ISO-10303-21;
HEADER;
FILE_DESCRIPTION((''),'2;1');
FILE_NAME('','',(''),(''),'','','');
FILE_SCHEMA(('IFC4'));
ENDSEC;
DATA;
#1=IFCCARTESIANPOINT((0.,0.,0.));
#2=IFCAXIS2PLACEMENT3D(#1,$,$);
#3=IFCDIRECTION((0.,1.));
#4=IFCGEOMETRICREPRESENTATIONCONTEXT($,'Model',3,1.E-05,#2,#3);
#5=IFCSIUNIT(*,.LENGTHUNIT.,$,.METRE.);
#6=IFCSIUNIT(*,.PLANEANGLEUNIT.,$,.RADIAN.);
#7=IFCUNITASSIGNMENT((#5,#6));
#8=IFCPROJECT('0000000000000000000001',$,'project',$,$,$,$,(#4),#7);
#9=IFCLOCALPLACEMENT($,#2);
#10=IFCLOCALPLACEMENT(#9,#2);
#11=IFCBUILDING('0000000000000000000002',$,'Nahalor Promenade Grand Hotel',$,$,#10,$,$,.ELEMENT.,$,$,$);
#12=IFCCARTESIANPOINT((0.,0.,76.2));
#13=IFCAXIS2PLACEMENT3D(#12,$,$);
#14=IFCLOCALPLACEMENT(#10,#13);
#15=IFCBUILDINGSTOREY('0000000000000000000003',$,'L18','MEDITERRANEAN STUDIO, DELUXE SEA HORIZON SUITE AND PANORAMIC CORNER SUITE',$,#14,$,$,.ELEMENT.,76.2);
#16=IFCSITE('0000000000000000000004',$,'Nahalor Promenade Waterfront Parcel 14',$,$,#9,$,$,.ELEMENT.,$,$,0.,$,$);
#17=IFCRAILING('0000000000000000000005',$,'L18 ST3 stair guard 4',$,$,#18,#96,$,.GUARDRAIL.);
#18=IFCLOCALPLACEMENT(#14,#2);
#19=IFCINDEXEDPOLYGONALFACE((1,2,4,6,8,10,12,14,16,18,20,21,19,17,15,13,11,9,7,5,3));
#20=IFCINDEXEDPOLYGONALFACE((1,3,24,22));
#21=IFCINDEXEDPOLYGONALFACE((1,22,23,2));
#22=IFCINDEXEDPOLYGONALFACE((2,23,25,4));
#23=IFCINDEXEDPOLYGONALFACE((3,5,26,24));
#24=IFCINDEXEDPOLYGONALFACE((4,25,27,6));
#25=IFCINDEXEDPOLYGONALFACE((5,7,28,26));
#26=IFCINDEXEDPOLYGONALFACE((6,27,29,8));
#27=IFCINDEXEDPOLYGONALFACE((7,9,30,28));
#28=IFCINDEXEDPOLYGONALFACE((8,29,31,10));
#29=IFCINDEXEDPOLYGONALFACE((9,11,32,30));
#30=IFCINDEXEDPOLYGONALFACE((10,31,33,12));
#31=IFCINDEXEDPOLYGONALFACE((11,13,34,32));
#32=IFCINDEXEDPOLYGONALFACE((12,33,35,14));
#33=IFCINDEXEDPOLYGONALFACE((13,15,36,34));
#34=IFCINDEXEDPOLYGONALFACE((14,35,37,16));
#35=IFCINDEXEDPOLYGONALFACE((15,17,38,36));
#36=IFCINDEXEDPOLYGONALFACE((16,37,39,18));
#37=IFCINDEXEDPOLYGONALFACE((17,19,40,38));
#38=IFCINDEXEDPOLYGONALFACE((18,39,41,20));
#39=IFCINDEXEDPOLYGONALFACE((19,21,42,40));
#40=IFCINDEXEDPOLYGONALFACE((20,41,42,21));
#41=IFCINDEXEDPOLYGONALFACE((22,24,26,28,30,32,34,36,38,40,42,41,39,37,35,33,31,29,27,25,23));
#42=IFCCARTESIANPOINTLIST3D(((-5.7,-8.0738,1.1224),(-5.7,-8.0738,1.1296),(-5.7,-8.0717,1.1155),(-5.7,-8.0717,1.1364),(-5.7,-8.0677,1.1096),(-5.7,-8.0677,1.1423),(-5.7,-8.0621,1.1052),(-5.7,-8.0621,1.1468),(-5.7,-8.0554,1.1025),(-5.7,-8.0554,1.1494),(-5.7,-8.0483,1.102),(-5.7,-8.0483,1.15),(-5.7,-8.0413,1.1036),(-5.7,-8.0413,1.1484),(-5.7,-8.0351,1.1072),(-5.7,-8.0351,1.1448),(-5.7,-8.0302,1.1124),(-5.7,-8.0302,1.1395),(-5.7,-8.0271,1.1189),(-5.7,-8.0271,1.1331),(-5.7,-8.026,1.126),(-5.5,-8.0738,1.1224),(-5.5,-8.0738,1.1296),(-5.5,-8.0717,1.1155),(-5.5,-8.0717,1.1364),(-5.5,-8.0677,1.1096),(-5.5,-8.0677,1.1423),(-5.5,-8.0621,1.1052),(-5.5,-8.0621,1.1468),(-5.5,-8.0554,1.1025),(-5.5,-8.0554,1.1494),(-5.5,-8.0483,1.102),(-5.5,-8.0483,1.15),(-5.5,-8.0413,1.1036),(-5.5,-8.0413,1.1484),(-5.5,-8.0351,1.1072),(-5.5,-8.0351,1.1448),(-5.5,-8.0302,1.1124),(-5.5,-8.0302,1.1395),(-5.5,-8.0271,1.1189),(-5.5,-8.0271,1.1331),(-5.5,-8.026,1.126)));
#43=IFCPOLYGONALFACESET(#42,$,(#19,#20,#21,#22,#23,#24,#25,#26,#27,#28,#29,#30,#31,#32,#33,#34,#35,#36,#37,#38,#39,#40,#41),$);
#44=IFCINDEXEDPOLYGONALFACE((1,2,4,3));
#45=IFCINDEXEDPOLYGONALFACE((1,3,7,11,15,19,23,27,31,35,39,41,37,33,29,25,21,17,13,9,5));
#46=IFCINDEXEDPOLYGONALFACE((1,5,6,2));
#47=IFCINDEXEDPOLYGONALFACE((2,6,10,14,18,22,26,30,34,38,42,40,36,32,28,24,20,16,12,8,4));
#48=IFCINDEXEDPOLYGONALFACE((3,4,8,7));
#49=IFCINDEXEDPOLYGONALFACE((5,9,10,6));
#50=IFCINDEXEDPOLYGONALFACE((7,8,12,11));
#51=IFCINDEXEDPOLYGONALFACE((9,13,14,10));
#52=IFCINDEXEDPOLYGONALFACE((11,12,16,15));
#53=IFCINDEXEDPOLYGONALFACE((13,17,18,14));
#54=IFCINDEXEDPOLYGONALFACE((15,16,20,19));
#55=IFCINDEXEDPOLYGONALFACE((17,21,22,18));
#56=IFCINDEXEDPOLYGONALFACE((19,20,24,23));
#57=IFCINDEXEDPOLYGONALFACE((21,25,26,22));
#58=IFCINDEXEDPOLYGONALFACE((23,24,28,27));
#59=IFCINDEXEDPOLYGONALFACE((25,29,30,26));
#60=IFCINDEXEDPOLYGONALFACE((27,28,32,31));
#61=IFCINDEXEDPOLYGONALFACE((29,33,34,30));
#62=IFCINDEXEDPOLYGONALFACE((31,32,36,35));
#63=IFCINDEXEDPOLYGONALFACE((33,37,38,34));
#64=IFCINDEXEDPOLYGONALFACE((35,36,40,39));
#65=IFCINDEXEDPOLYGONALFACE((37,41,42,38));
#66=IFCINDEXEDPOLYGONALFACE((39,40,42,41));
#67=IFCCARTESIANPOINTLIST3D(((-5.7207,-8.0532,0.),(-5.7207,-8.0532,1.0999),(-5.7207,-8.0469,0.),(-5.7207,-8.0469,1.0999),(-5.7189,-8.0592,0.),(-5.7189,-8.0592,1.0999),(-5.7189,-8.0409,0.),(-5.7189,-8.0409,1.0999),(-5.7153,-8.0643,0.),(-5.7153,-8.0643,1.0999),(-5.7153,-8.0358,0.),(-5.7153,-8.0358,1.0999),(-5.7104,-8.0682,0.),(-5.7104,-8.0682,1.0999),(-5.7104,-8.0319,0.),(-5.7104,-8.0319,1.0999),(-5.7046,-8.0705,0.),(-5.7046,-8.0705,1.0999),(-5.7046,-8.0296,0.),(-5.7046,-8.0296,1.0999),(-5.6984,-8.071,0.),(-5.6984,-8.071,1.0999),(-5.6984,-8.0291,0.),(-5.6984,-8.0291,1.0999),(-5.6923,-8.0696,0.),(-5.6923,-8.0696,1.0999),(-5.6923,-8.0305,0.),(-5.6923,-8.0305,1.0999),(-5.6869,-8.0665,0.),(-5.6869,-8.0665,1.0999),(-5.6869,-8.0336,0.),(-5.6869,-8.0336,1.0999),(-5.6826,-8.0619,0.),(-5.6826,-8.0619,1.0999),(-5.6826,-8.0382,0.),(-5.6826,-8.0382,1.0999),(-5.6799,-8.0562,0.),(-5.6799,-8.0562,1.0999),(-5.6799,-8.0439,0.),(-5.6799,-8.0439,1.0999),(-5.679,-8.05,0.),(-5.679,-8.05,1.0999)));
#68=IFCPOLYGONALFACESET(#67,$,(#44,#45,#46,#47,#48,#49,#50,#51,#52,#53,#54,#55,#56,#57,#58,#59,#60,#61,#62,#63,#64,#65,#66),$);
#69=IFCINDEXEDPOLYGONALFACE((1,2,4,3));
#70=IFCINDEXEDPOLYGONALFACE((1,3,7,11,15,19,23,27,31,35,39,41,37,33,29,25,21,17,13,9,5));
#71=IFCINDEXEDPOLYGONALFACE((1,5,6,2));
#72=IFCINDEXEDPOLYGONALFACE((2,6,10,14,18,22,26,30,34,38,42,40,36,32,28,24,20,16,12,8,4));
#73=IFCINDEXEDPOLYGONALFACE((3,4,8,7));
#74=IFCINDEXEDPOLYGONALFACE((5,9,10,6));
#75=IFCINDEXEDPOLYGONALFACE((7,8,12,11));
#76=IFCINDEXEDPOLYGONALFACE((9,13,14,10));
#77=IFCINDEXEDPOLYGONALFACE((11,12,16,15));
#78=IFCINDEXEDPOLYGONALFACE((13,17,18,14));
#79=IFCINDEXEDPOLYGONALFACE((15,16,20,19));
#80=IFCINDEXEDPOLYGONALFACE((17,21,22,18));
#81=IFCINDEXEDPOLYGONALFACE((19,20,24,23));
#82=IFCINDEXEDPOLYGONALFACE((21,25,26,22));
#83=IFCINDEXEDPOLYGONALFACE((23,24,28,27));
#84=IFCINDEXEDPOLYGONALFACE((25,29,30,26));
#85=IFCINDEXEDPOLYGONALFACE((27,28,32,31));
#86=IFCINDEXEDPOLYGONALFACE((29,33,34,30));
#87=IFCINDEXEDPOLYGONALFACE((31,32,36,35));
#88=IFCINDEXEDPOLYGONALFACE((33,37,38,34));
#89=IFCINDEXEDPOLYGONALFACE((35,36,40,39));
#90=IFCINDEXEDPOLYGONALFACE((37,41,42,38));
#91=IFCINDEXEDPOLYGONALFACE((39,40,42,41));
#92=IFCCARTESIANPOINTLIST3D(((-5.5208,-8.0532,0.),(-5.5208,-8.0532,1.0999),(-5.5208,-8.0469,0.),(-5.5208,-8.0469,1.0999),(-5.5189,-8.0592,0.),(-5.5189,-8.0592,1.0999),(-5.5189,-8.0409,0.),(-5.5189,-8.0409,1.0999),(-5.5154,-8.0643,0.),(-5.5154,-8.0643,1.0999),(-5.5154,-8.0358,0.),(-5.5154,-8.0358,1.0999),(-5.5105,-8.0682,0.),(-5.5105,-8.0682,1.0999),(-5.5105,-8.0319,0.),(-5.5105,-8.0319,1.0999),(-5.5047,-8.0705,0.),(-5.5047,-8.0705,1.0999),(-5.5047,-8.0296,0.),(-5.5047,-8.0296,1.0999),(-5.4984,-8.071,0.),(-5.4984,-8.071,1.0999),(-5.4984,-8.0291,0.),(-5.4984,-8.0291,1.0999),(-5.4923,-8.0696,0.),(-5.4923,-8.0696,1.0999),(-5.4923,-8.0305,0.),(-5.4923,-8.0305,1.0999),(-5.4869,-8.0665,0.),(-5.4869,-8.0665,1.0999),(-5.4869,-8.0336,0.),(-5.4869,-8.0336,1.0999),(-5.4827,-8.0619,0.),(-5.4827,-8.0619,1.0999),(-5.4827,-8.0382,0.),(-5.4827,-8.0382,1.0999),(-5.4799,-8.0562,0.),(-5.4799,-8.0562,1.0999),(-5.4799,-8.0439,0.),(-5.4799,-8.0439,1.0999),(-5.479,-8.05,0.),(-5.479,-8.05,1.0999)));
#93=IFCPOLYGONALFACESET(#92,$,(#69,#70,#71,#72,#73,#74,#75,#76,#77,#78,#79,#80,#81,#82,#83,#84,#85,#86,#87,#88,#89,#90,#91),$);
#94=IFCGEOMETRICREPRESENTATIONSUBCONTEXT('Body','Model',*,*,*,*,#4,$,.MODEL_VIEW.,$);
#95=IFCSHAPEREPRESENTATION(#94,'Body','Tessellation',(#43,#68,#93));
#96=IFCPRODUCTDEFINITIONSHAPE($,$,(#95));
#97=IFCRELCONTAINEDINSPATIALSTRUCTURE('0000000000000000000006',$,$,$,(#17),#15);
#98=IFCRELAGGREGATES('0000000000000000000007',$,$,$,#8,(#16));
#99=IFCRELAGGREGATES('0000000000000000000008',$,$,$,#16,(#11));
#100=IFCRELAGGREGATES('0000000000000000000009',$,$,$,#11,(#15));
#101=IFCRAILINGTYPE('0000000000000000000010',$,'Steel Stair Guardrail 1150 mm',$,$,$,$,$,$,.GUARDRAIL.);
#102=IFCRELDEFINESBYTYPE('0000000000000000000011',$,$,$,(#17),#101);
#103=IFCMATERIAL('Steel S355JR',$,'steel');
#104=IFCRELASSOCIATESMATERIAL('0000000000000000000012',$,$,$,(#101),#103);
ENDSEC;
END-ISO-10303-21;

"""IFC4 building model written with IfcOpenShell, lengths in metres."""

from ifc_helpers import new_model, si_unit, direction, frame, origin, origin_2d, place, context, subcontext, project, spatial, circle, extrude, material, type_object, element, save


model = new_model("IFC4")

# Units and contexts
model_context = context("Model", 3, precision=1e-05, world=origin(), true_north=direction((0.0, 1.0)))
body_context = subcontext(model_context, "Body", "Model", "MODEL_VIEW")
ifc_project = project(units=[si_unit("LENGTHUNIT", "METRE"), si_unit("PLANEANGLEUNIT", "RADIAN")], contexts=[model_context])

# Site, building, storey
site_placement = place(None, origin())
site = spatial("IfcSite", under=ifc_project, at=site_placement, Name="Nahalor Promenade Waterfront Parcel 14", CompositionType="ELEMENT", RefElevation=0.0)
building_placement = place(site_placement, origin())
building = spatial("IfcBuilding", under=site, at=building_placement, Name="Nahalor Promenade Grand Hotel", CompositionType="ELEMENT")
storey_placement = place(building_placement, frame((0.0, 0.0, 76.2)))
storey = spatial("IfcBuildingStorey", under=building, at=storey_placement, Name="L18", Description="MEDITERRANEAN STUDIO, DELUXE SEA HORIZON SUITE AND PANORAMIC CORNER SUITE", CompositionType="ELEMENT", Elevation=76.2)

# Shared definitions
ifc_material_1 = material(Name="Steel S355JR", Category="steel")

# Railing
railing_type_1 = type_object("IfcRailingType", Name="Steel Stair Guardrail 1150 mm", PredefinedType="GUARDRAIL", material=ifc_material_1)
railing_1_placement = place(storey_placement, frame((-5.7, -8.05, 0.0)))
element("IfcRailing", 1, at=railing_1_placement, inside=storey, type_object=railing_type_1, Name="L18 ST3 stair guard 4", PredefinedType="GUARDRAIL", context=body_context, shape_type="SweptSolid", body=[
    extrude(circle(Radius=0.024, at=origin_2d()), frame((0.0, 0.0, 1.126), z_axis=(1.0, 0.0, 0.0), x_axis=(0.0, 1.0, 0.0)), (0.0, 0.0, 1.0), 0.2),
    extrude(circle(Radius=0.021, at=origin_2d()), origin(), (0.0, 0.0, 1.0), 1.0999),
    extrude(circle(Radius=0.021, at=origin_2d()), frame((0.2, 0.0, 0.0)), (0.0, 0.0, 1.0), 1.0999),
])

save(model, "model.ifc")
